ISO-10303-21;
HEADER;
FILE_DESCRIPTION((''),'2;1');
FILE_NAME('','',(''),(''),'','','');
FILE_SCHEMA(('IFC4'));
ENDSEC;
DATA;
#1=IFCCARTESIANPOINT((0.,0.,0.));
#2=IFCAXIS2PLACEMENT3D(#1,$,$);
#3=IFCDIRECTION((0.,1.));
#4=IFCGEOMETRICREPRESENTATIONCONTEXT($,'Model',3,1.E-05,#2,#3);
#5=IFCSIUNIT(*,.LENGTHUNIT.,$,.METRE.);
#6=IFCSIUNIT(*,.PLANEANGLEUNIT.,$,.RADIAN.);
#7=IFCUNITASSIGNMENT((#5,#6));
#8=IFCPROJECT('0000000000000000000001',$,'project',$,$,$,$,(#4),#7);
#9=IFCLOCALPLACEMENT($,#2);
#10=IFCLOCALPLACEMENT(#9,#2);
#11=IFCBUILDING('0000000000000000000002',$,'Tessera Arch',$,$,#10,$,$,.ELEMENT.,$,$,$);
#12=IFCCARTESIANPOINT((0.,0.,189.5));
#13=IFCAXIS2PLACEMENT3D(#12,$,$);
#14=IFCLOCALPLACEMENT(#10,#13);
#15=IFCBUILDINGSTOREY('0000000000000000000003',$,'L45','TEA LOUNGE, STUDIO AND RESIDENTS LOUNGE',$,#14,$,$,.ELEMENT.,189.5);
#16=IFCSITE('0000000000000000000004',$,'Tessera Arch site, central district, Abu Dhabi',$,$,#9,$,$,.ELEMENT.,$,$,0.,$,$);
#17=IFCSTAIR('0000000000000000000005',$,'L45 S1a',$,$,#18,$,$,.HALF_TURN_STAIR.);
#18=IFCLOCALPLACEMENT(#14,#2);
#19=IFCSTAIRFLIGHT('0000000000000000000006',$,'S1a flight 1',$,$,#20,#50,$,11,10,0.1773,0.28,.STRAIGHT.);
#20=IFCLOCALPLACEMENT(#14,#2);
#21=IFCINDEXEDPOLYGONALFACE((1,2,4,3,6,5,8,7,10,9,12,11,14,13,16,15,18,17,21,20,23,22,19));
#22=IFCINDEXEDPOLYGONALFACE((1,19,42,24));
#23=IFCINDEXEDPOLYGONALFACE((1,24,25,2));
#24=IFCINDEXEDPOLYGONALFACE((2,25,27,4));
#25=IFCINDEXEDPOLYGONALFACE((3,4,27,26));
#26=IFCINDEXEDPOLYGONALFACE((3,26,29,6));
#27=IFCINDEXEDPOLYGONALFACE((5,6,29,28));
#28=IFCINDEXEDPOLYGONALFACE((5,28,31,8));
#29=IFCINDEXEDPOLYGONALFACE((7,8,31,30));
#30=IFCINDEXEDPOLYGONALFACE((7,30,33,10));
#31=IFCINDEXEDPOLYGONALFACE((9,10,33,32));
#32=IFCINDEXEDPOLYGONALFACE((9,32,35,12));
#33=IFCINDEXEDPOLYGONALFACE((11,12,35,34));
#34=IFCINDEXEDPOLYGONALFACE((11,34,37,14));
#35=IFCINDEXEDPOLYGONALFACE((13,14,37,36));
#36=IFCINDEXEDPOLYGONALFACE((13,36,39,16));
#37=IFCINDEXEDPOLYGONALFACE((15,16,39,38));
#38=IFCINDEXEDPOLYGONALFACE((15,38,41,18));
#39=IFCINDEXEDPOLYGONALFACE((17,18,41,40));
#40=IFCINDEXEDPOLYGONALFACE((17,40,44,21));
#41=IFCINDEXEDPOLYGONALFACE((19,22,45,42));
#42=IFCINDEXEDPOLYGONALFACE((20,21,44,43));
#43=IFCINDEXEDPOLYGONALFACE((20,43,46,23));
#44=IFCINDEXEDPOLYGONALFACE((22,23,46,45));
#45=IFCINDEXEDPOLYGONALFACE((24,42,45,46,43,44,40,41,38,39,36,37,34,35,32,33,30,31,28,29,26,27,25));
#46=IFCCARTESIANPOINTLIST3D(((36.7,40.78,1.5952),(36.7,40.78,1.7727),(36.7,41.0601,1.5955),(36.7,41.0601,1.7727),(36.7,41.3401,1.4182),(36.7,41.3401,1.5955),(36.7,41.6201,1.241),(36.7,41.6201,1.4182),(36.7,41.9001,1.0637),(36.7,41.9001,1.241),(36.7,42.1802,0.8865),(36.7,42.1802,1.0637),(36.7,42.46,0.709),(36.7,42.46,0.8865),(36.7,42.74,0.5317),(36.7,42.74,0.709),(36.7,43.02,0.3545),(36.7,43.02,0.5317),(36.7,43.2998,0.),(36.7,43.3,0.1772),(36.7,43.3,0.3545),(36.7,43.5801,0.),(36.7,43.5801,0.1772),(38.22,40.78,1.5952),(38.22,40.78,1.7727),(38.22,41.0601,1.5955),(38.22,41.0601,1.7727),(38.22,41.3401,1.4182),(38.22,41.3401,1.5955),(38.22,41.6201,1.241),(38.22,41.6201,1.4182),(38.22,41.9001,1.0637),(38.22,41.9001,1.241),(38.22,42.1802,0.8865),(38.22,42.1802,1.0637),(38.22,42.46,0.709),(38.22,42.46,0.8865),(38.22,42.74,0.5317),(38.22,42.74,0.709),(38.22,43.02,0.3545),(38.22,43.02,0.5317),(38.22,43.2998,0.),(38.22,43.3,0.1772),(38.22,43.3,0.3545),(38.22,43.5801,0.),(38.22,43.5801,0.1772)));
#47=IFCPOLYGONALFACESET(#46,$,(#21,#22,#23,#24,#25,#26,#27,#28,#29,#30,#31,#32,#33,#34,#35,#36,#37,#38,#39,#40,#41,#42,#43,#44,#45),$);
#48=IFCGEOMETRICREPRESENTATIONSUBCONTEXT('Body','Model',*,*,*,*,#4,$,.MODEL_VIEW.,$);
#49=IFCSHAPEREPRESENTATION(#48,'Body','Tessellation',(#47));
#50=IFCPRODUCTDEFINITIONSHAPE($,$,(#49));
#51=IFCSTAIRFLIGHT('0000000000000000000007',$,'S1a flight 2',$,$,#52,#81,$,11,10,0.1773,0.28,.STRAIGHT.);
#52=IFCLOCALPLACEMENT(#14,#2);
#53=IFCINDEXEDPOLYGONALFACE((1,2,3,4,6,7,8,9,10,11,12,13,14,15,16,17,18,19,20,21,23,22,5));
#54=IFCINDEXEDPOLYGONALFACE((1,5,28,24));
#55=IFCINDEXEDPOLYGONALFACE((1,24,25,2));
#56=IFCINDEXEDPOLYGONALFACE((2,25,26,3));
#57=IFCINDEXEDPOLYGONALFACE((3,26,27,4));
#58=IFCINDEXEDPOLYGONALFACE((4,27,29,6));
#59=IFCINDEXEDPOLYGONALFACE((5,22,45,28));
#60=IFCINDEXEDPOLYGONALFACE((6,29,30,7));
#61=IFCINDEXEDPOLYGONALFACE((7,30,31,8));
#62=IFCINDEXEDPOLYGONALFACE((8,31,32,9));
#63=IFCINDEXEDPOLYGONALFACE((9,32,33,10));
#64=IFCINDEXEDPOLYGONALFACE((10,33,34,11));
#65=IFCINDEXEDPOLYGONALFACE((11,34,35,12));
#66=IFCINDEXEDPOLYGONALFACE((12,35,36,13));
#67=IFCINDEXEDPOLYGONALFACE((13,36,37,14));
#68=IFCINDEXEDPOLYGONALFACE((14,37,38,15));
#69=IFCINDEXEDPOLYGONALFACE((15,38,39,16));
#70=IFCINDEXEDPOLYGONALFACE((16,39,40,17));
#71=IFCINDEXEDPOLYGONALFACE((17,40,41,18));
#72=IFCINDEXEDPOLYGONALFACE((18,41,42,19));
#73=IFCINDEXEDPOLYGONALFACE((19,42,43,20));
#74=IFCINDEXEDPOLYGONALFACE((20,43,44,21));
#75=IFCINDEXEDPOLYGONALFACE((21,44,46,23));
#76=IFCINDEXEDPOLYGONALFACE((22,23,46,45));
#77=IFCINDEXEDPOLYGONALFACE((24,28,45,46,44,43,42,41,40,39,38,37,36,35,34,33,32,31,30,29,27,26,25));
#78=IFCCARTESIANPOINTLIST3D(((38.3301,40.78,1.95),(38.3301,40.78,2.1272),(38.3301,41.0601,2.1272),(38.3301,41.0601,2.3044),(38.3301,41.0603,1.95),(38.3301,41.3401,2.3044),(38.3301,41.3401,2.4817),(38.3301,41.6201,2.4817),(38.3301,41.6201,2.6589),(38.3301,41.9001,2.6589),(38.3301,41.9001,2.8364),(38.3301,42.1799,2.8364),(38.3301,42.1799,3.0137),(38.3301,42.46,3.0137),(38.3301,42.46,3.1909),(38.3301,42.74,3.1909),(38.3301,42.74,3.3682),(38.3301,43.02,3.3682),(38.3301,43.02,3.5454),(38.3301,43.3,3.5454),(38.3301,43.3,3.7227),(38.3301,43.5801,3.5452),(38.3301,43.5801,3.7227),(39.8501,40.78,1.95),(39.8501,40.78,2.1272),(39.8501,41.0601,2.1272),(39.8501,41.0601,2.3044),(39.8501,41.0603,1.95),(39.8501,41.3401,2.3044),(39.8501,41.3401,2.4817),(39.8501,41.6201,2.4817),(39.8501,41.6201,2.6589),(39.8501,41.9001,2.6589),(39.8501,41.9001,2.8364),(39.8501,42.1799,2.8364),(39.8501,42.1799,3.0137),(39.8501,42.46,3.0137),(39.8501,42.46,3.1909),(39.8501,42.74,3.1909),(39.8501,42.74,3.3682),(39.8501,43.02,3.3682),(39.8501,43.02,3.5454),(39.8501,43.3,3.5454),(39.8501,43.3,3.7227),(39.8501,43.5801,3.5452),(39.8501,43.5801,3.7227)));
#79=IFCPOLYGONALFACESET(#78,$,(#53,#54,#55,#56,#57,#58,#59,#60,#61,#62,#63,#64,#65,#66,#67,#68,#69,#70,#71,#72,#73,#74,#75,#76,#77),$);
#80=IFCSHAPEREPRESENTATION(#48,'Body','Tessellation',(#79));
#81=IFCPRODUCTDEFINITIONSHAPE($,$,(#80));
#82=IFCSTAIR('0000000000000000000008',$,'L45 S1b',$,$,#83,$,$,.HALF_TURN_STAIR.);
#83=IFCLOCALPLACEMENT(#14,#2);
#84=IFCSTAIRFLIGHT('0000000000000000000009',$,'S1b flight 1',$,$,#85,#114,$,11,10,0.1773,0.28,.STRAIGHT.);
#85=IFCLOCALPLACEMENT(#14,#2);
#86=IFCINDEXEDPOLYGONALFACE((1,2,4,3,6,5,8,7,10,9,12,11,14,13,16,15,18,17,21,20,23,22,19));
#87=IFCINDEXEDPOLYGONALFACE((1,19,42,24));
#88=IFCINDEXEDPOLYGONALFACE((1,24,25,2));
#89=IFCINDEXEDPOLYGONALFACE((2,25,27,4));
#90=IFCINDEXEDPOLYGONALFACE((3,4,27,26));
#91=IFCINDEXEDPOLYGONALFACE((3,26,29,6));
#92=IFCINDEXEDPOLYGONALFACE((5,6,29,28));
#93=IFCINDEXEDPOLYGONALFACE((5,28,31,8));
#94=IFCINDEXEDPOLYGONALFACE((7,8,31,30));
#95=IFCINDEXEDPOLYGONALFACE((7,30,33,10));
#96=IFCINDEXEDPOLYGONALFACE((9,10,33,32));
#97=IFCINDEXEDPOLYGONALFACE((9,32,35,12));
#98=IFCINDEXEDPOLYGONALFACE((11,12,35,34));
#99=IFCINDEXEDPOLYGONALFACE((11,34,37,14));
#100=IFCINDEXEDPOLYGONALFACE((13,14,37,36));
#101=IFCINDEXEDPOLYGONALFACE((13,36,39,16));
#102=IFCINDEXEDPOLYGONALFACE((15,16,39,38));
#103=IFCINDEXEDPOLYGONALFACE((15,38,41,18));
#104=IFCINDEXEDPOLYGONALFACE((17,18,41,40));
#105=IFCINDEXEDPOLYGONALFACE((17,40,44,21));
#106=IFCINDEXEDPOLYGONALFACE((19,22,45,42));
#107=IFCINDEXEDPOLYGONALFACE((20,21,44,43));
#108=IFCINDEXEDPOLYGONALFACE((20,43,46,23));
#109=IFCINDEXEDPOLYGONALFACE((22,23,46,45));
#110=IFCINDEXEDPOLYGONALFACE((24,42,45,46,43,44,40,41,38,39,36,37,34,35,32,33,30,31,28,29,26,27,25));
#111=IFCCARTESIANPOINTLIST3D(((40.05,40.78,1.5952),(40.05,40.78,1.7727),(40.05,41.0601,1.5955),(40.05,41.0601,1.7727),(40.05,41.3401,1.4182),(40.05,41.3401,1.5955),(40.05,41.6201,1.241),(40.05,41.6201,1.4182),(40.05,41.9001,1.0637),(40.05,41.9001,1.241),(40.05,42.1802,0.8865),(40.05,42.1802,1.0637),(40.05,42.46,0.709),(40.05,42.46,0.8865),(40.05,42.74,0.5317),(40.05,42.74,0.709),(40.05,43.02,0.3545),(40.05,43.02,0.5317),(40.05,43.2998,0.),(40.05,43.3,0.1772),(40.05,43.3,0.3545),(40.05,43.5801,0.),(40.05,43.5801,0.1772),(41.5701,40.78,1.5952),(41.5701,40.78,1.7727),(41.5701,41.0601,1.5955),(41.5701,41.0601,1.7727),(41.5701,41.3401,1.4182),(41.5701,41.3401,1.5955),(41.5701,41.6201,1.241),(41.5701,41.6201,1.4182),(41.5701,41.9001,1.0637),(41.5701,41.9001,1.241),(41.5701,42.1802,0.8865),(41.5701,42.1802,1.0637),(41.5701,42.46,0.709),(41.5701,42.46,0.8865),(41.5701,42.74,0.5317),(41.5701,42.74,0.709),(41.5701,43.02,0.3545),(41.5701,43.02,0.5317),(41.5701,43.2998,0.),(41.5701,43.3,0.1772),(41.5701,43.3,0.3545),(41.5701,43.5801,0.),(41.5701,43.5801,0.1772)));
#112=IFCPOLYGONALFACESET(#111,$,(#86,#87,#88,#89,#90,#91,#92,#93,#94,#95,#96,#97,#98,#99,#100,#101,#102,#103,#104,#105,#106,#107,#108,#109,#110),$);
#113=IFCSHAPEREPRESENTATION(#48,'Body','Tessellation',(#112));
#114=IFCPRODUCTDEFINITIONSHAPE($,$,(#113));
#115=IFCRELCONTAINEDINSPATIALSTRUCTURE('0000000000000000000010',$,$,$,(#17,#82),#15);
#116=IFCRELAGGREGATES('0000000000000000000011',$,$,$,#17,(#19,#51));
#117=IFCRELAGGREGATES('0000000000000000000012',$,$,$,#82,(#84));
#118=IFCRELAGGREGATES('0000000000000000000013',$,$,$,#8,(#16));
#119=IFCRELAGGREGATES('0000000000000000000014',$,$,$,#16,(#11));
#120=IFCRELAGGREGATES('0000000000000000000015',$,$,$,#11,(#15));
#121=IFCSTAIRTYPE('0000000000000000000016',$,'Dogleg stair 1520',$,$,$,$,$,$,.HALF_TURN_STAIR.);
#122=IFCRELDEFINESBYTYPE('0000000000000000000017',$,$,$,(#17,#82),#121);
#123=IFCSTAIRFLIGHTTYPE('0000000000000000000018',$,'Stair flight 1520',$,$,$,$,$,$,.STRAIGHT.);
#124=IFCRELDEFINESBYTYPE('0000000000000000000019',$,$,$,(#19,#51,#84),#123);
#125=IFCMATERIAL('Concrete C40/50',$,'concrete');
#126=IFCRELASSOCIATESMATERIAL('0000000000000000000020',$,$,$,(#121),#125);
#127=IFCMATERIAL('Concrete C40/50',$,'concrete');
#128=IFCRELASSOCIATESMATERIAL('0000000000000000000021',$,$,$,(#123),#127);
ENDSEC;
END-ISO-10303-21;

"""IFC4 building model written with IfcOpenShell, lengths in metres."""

from ifc_helpers import new_model, si_unit, direction, frame, origin, place, context, subcontext, project, spatial, polyline, outline, extrude, material, type_object, element, aggregate, save


model = new_model("IFC4")

# Units and contexts
model_context = context("Model", 3, precision=1e-05, world=origin(), true_north=direction((0.0, 1.0)))
body_context = subcontext(model_context, "Body", "Model", "MODEL_VIEW")
ifc_project = project(units=[si_unit("LENGTHUNIT", "METRE"), si_unit("PLANEANGLEUNIT", "RADIAN")], contexts=[model_context])

# Site, building, storey
site_placement = place(None, origin())
site = spatial("IfcSite", under=ifc_project, at=site_placement, Name="Tessera Arch site, central district, Abu Dhabi", CompositionType="ELEMENT", RefElevation=0.0)
building_placement = place(site_placement, origin())
building = spatial("IfcBuilding", under=site, at=building_placement, Name="Tessera Arch", CompositionType="ELEMENT")
storey_placement = place(building_placement, frame((0.0, 0.0, 189.5)))
storey = spatial("IfcBuildingStorey", under=building, at=storey_placement, Name="L45", Description="TEA LOUNGE, STUDIO AND RESIDENTS LOUNGE", CompositionType="ELEMENT", Elevation=189.5)

# Stair, stair flights
ifc_material_1 = material(Name="Concrete C40/50", Category="concrete")
stair_type = type_object("IfcStairType", Name="Dogleg stair 1520", PredefinedType="HALF_TURN_STAIR", material=ifc_material_1)
stair_1_placement = place(storey_placement, origin())
stair_1 = element("IfcStair", 1, at=stair_1_placement, inside=storey, type_object=stair_type, Name="L45 S1a", PredefinedType="HALF_TURN_STAIR")
ifc_material_2 = material(Name="Concrete C40/50", Category="concrete")
stair_flight_type = type_object("IfcStairFlightType", Name="Stair flight 1520", PredefinedType="STRAIGHT", material=ifc_material_2)
stair_flight_1_placement = place(storey_placement, frame((37.46, 43.5801, 0.0), z_axis=(0.0, 0.0, 1.0), x_axis=(0.0, -1.0, 0.0)))
stair_flight_1 = element("IfcStairFlight", 2, at=stair_flight_1_placement, type_object=stair_flight_type, Name="S1a flight 1", NumberOfRisers=11, NumberOfTreads=10, PredefinedType="STRAIGHT", RiserHeight=0.1773, TreadLength=0.28, context=body_context, shape_type="SweptSolid", body=[
    extrude(outline(polyline([(0.0, 0.0), (0.0, 0.1772), (0.28, 0.1772), (0.28, 0.3545), (0.5601, 0.3545), (0.5601, 0.5317), (0.8401, 0.5317), (0.8401, 0.709), (1.1201, 0.709), (1.1201, 0.8865), (1.3999, 0.8865), (1.3999, 1.0637), (1.6799, 1.0637), (1.6799, 1.241), (1.96, 1.241), (1.96, 1.4182), (2.24, 1.4182), (2.24, 1.5955), (2.52, 1.5955), (2.52, 1.7727), (2.8, 1.7727), (2.8, 1.95), (2.8, 1.5952), (0.2803, 0.0), (0.0, 0.0)])), frame((0.0, 0.76, 0.0), z_axis=(0.0, -1.0, 0.0), x_axis=(1.0, 0.0, 0.0)), (0.0, 0.0, 1.0), 1.52),
])
stair_flight_2_placement = place(storey_placement, frame((39.0901, 40.78, 1.95), z_axis=(0.0, 0.0, 1.0), x_axis=(0.0, 1.0, 0.0)))
stair_flight_2 = element("IfcStairFlight", 3, at=stair_flight_2_placement, type_object=stair_flight_type, Name="S1a flight 2", NumberOfRisers=11, NumberOfTreads=10, PredefinedType="STRAIGHT", RiserHeight=0.1773, TreadLength=0.28, context=body_context, shape_type="SweptSolid", body=[
    extrude(outline(polyline([(0.0, 0.0), (0.0, 0.1772), (0.28, 0.1772), (0.28, 0.3545), (0.5601, 0.3545), (0.5601, 0.5317), (0.8401, 0.5317), (0.8401, 0.709), (1.1201, 0.709), (1.1201, 0.8865), (1.3999, 0.8865), (1.3999, 1.0637), (1.6799, 1.0637), (1.6799, 1.241), (1.96, 1.241), (1.96, 1.4182), (2.24, 1.4182), (2.24, 1.5955), (2.52, 1.5955), (2.52, 1.7727), (2.8, 1.7727), (2.8, 1.95), (2.8, 1.5952), (0.2803, 0.0), (0.0, 0.0)])), frame((0.0, 0.76, 0.0), z_axis=(0.0, -1.0, 0.0), x_axis=(1.0, 0.0, 0.0)), (0.0, 0.0, 1.0), 1.52),
])
aggregate(stair_1, [stair_flight_1, stair_flight_2])

# Stair, stair flight
stair_2_placement = place(storey_placement, origin())
stair_2 = element("IfcStair", 4, at=stair_2_placement, inside=storey, type_object=stair_type, Name="L45 S1b", PredefinedType="HALF_TURN_STAIR")
stair_flight_3_placement = place(storey_placement, frame((40.8101, 43.5801, 0.0), z_axis=(0.0, 0.0, 1.0), x_axis=(0.0, -1.0, 0.0)))
stair_flight_3 = element("IfcStairFlight", 5, at=stair_flight_3_placement, type_object=stair_flight_type, Name="S1b flight 1", NumberOfRisers=11, NumberOfTreads=10, PredefinedType="STRAIGHT", RiserHeight=0.1773, TreadLength=0.28, context=body_context, shape_type="SweptSolid", body=[
    extrude(outline(polyline([(0.0, 0.0), (0.0, 0.1772), (0.28, 0.1772), (0.28, 0.3545), (0.5601, 0.3545), (0.5601, 0.5317), (0.8401, 0.5317), (0.8401, 0.709), (1.1201, 0.709), (1.1201, 0.8865), (1.3999, 0.8865), (1.3999, 1.0637), (1.6799, 1.0637), (1.6799, 1.241), (1.96, 1.241), (1.96, 1.4182), (2.24, 1.4182), (2.24, 1.5955), (2.52, 1.5955), (2.52, 1.7727), (2.8, 1.7727), (2.8, 1.95), (2.8, 1.5952), (0.2803, 0.0), (0.0, 0.0)])), frame((0.0, 0.76, 0.0), z_axis=(0.0, -1.0, 0.0), x_axis=(1.0, 0.0, 0.0)), (0.0, 0.0, 1.0), 1.52),
])
aggregate(stair_2, [stair_flight_3])

save(model, "model.ifc")
